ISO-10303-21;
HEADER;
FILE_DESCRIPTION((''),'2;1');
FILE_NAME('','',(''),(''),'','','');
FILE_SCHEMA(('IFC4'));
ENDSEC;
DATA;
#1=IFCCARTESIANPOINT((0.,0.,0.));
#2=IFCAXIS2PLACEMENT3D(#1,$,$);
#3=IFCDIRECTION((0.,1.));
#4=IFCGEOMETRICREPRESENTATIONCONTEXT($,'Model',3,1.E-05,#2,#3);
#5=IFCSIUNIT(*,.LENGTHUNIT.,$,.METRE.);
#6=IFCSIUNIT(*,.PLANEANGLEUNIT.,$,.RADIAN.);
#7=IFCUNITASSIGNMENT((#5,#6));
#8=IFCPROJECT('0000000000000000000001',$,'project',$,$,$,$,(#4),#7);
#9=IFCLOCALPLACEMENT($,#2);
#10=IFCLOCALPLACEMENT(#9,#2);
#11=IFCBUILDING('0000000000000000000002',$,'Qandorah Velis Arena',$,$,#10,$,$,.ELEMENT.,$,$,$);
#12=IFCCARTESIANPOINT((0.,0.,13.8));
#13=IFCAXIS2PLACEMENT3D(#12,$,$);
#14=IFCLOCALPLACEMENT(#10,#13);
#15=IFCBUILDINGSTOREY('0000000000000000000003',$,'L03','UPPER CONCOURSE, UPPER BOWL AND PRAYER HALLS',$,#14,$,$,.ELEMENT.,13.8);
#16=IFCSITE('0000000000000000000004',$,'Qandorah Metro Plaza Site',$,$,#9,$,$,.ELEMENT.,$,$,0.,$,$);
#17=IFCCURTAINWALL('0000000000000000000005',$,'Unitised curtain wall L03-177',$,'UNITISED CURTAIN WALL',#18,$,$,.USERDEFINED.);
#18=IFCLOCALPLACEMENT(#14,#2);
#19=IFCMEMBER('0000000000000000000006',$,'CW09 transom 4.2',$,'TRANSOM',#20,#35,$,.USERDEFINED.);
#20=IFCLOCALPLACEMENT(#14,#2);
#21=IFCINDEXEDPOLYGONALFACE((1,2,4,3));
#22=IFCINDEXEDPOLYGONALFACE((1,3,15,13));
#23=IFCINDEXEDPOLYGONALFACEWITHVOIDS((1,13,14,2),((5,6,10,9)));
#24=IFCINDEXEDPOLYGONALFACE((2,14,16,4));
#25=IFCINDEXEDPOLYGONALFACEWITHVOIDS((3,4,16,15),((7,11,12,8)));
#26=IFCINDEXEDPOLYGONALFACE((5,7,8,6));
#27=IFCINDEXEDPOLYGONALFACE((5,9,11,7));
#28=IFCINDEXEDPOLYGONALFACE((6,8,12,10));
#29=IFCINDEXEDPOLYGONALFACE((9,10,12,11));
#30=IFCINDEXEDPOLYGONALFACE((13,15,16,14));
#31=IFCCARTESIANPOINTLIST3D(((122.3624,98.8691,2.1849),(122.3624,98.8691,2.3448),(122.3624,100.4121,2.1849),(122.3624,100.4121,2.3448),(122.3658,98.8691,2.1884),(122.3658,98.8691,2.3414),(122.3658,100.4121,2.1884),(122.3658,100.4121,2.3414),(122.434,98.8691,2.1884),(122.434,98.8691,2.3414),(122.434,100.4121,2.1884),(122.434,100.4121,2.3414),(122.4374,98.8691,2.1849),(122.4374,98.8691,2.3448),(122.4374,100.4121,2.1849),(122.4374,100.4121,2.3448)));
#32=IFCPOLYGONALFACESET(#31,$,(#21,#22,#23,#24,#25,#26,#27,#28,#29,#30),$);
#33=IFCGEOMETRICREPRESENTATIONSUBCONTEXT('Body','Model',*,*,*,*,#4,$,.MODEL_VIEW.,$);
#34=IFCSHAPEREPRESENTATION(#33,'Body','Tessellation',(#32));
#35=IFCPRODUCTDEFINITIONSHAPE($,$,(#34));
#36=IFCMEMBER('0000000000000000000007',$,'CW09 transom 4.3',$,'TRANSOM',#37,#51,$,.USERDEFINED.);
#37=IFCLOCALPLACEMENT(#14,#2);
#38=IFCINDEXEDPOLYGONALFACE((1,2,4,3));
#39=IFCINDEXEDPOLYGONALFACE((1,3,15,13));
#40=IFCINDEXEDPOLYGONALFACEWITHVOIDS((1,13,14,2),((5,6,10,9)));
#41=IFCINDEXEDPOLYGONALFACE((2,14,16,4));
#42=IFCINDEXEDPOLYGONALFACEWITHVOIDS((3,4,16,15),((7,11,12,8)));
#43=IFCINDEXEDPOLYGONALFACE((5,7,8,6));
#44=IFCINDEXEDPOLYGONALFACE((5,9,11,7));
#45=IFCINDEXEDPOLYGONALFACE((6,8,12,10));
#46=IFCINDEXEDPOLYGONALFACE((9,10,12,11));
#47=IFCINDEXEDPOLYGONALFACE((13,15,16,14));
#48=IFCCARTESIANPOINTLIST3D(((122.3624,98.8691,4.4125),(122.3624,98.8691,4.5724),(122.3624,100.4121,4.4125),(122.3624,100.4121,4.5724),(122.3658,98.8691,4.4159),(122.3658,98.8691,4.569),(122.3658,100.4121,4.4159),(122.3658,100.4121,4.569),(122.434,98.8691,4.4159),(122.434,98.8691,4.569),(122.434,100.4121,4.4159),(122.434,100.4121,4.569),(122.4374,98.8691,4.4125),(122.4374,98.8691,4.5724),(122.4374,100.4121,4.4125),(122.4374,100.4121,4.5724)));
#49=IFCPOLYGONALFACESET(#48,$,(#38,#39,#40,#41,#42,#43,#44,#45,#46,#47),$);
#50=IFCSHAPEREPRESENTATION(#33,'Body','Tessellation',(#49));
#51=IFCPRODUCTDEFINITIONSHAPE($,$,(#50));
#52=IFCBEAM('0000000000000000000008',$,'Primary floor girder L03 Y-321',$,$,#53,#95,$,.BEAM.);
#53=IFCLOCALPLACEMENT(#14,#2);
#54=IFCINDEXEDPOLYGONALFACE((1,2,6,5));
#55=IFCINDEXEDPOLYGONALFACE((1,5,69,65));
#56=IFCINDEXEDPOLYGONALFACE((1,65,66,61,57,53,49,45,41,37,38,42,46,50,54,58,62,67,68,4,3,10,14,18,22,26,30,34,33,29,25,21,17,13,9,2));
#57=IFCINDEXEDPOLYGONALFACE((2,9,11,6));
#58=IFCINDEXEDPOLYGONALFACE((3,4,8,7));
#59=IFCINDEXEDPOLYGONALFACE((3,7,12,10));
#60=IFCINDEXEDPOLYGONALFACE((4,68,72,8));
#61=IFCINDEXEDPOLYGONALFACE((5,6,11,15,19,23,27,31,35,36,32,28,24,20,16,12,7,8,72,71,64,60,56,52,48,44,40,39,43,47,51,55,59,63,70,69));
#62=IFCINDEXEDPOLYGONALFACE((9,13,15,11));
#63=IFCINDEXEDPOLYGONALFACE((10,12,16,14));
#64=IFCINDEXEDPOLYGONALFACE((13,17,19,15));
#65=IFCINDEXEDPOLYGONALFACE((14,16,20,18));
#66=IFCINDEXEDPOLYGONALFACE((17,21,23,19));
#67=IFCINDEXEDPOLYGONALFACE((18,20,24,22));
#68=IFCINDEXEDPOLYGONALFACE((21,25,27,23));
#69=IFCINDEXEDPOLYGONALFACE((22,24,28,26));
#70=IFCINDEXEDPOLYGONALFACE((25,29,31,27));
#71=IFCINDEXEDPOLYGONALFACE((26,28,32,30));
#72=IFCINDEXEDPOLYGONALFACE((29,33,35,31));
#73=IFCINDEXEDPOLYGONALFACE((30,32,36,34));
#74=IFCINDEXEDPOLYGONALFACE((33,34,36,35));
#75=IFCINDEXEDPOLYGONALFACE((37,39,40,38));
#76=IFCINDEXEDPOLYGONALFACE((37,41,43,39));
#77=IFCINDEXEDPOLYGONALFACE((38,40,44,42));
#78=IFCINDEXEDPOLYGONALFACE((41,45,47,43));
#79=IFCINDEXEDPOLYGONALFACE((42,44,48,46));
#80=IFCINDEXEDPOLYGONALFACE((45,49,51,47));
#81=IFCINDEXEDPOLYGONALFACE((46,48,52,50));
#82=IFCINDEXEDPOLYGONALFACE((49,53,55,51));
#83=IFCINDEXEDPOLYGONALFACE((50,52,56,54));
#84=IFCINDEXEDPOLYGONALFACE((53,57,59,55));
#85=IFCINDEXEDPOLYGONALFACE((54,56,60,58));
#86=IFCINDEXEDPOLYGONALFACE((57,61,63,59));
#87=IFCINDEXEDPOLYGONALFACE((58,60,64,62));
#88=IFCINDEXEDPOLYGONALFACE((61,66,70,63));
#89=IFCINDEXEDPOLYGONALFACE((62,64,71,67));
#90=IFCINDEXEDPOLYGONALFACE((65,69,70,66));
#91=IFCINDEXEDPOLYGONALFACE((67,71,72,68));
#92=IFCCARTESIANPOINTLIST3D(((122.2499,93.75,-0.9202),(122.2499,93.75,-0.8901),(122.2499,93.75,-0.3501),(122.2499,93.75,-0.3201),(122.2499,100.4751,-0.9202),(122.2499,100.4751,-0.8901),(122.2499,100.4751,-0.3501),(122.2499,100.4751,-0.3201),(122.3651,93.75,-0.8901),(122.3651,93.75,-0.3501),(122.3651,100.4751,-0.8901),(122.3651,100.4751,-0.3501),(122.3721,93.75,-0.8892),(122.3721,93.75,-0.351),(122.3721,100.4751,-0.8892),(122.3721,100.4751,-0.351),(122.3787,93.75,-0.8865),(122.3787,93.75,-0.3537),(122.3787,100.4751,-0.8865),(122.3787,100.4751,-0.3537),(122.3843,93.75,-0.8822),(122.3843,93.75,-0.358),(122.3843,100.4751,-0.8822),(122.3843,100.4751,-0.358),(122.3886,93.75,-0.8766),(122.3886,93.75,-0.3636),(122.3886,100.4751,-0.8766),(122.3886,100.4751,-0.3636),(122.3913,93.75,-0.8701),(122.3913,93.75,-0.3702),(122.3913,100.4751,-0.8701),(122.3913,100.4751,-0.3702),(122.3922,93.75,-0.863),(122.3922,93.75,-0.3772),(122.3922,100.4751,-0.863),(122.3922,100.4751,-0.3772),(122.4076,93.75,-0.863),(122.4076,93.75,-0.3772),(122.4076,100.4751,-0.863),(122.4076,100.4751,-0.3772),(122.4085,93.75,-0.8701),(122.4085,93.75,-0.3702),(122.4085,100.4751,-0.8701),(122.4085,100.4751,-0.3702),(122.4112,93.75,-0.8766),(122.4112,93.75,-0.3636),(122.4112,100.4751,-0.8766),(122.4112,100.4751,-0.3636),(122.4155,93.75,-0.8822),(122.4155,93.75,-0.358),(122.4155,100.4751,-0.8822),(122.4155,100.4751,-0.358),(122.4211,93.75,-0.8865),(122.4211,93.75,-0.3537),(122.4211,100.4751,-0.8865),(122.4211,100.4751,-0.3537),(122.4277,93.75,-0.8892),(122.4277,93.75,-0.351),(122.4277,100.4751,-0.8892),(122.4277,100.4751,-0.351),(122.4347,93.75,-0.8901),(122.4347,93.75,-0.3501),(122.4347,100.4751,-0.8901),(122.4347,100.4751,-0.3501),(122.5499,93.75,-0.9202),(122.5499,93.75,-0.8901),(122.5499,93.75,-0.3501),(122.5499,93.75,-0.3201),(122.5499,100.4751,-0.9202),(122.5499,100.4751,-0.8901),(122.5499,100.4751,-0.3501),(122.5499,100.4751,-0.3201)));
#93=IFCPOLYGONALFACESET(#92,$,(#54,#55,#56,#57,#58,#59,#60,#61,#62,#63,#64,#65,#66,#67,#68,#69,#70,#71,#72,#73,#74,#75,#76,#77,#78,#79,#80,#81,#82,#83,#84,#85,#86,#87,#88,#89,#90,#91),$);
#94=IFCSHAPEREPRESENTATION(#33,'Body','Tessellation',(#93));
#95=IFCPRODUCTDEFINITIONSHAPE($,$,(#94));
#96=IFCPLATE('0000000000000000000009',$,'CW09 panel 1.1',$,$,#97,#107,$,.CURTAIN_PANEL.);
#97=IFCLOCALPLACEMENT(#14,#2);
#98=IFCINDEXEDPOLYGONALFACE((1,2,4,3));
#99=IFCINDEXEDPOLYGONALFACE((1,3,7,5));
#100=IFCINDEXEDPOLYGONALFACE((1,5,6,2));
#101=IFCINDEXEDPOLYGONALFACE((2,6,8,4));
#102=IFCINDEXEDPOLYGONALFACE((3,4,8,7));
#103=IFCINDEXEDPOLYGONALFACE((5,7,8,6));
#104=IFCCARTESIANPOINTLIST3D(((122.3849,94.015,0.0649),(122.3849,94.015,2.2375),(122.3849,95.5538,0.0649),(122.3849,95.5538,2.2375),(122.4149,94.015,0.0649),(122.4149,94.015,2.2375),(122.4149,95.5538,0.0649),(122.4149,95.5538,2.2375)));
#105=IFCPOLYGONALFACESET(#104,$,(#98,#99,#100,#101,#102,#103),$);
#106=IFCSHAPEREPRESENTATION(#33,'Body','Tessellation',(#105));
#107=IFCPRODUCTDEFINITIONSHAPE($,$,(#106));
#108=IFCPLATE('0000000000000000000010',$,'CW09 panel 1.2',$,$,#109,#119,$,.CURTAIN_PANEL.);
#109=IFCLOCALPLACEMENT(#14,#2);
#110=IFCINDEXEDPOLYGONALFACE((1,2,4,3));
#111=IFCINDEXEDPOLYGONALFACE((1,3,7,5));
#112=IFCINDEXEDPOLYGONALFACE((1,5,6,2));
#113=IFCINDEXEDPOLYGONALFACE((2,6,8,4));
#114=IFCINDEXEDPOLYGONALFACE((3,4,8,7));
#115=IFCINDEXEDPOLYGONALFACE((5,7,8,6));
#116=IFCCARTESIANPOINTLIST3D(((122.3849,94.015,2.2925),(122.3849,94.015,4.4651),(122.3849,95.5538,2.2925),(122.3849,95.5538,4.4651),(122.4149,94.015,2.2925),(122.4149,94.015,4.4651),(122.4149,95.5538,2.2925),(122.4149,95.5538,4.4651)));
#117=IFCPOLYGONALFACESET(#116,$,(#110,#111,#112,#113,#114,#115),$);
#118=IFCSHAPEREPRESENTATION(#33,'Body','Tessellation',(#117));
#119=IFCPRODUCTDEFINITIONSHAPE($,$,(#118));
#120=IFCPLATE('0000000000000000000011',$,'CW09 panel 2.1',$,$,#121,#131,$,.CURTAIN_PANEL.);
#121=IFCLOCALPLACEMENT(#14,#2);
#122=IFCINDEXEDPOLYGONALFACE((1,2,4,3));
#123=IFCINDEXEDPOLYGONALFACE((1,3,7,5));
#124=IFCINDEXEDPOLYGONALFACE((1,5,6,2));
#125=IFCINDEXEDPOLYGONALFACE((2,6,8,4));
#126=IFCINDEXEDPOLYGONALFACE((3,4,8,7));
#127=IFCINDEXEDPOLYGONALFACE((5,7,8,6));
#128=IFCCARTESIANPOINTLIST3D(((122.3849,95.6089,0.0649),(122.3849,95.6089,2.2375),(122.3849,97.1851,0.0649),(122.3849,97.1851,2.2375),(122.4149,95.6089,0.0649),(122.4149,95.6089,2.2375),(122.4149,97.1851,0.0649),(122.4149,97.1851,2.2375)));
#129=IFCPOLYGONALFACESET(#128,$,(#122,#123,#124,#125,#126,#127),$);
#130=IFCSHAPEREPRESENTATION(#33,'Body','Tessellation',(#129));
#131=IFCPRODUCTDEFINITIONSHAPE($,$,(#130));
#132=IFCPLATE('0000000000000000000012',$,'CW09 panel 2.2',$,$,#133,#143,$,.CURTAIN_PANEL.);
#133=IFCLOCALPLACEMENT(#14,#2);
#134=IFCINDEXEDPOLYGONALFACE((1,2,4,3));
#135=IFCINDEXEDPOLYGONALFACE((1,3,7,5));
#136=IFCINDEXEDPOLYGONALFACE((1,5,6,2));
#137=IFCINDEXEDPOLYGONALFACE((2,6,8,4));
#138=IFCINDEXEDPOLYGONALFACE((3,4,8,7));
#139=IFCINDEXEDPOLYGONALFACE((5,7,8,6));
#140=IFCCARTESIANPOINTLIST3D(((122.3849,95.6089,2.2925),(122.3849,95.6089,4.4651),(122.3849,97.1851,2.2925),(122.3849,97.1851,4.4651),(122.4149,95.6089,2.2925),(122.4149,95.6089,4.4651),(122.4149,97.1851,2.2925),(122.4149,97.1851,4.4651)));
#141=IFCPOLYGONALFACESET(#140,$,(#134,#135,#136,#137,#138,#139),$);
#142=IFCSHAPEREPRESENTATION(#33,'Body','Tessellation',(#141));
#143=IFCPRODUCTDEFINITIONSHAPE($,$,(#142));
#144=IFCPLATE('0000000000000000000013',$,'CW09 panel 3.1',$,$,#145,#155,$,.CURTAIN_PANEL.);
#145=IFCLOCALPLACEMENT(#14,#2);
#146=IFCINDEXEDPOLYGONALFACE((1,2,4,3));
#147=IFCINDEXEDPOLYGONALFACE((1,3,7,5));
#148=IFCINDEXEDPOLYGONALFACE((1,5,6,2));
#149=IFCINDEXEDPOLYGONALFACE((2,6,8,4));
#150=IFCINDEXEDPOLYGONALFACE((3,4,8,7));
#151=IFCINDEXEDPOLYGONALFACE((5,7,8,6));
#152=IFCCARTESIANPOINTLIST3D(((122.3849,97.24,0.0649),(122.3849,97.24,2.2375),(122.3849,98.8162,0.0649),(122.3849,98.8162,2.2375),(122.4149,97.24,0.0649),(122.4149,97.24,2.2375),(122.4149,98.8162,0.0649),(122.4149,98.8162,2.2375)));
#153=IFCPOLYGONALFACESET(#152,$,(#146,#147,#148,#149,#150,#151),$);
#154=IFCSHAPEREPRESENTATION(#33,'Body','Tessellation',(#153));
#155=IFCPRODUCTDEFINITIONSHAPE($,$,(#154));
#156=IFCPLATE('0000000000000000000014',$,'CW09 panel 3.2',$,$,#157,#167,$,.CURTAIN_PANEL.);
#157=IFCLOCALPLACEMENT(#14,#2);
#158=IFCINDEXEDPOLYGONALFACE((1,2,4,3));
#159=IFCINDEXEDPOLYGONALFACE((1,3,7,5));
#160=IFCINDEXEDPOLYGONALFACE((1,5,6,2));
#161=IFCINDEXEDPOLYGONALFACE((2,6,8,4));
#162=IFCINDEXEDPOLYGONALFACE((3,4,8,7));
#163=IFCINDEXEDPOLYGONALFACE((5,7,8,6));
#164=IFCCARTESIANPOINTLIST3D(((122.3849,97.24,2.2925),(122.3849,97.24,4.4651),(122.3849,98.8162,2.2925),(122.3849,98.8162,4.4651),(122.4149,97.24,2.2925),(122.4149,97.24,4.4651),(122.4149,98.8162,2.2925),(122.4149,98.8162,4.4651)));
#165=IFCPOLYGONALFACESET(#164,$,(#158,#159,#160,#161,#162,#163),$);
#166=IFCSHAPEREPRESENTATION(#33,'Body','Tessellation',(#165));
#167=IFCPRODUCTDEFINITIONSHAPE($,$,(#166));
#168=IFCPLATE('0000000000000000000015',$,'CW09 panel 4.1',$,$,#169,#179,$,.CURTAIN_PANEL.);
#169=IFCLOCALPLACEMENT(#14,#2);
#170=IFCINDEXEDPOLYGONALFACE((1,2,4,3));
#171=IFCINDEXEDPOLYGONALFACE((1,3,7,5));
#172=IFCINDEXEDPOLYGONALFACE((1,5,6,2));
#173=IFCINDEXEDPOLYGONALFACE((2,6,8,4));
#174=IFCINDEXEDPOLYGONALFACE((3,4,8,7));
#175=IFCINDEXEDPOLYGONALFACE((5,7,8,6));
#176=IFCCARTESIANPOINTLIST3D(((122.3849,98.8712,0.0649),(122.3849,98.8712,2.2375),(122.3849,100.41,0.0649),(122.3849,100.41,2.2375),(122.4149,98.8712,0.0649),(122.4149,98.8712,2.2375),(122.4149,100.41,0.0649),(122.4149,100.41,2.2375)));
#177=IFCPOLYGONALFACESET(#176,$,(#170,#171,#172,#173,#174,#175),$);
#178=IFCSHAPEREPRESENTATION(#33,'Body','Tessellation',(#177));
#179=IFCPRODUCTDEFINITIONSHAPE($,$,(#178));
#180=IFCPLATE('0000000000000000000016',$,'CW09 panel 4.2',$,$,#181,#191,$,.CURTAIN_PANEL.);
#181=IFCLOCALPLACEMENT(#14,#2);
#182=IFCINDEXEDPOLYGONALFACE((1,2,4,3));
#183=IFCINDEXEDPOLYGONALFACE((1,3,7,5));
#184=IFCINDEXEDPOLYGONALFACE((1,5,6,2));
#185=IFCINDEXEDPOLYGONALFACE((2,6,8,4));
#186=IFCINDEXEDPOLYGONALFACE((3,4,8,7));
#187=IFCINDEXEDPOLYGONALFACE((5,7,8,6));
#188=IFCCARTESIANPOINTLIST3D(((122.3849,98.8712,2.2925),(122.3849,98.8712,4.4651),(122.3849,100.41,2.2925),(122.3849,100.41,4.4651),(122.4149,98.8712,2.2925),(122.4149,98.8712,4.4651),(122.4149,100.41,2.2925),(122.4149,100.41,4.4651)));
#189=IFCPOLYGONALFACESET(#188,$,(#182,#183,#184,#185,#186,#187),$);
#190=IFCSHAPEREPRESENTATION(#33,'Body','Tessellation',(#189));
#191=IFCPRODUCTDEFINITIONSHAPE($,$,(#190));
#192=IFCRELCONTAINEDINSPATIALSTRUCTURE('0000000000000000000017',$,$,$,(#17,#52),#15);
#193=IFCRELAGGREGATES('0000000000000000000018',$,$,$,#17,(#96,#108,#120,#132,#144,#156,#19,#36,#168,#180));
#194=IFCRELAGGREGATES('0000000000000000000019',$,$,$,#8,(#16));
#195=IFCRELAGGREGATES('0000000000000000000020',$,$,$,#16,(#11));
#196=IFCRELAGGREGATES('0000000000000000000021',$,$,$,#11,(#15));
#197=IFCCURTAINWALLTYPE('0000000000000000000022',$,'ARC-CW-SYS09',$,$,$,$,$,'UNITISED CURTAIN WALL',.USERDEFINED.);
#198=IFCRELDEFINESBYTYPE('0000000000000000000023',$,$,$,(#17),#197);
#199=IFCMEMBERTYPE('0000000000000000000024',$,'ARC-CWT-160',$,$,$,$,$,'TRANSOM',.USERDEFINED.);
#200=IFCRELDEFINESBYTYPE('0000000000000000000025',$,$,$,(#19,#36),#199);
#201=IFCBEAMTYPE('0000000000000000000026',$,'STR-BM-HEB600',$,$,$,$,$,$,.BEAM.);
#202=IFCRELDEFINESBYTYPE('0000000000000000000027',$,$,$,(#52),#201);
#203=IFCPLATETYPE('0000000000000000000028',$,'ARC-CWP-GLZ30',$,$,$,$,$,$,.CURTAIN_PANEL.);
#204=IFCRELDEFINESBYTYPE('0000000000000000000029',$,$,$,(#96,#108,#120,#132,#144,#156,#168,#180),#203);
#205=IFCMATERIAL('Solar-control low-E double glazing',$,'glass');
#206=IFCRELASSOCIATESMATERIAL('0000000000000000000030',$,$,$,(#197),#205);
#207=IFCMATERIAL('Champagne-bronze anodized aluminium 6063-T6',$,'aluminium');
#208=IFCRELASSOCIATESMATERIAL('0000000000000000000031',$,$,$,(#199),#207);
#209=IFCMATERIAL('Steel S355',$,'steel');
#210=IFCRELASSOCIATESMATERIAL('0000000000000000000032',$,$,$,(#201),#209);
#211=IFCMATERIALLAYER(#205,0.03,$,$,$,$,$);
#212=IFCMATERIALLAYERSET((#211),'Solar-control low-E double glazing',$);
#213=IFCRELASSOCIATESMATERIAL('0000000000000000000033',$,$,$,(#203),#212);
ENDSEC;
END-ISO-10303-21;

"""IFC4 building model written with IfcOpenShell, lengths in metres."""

from ifc_helpers import new_model, si_unit, direction, frame, origin, origin_2d, place, context, subcontext, project, spatial, rectangle, hollow_rectangle, i_section, extrude, material, layer, layer_set, material_profile, profile_set, type_object, element, aggregate, save


model = new_model("IFC4")

# Units and contexts
model_context = context("Model", 3, precision=1e-05, world=origin(), true_north=direction((0.0, 1.0)))
body_context = subcontext(model_context, "Body", "Model", "MODEL_VIEW")
ifc_project = project(units=[si_unit("LENGTHUNIT", "METRE"), si_unit("PLANEANGLEUNIT", "RADIAN")], contexts=[model_context])

# Site, building, storey
site_placement = place(None, origin())
site = spatial("IfcSite", under=ifc_project, at=site_placement, Name="Qandorah Metro Plaza Site", CompositionType="ELEMENT", RefElevation=0.0)
building_placement = place(site_placement, origin())
building = spatial("IfcBuilding", under=site, at=building_placement, Name="Qandorah Velis Arena", CompositionType="ELEMENT")
storey_placement = place(building_placement, frame((0.0, 0.0, 13.8)))
storey = spatial("IfcBuildingStorey", under=building, at=storey_placement, Name="L03", Description="UPPER CONCOURSE, UPPER BOWL AND PRAYER HALLS", CompositionType="ELEMENT", Elevation=13.8)

# Curtain wall
ifc_material_1 = material(Name="Solar-control low-E double glazing", Category="glass")
ifc_material_2 = material(Name="Champagne-bronze anodized aluminium 6063-T6", Category="aluminium")
curtain_wall_type_1 = type_object("IfcCurtainWallType", Name="ARC-CW-SYS09", ElementType="UNITISED CURTAIN WALL", PredefinedType="USERDEFINED", material=ifc_material_1)
curtain_wall_1_placement = place(storey_placement, origin())
curtain_wall_1 = element("IfcCurtainWall", 1, at=curtain_wall_1_placement, inside=storey, type_object=curtain_wall_type_1, Name="Unitised curtain wall L03-177", ObjectType="UNITISED CURTAIN WALL", PredefinedType="USERDEFINED")

# Members
ifc_material_profile_1 = material_profile(ifc_material_2, hollow_rectangle(XDim=0.075, YDim=0.1599, WallThickness=0.0034, at=origin_2d()), Name="ALU TRANSOM 75x160")
ifc_profile_set_1 = profile_set([ifc_material_profile_1], Name="Champagne-bronze anodized aluminium 6063-T6")
member_type_1 = type_object("IfcMemberType", Name="ARC-CWT-160", ElementType="TRANSOM", PredefinedType="USERDEFINED", material=ifc_profile_set_1)
member_1_placement = place(storey_placement, frame((122.3999, 98.8691, 2.2649), z_axis=(0.0, 1.0, 0.0), x_axis=(-1.0, 0.0, 0.0)))
member_1 = element("IfcMember", 2, at=member_1_placement, type_object=member_type_1, Name="CW09 transom 4.2", ObjectType="TRANSOM", PredefinedType="USERDEFINED", context=body_context, shape_type="SweptSolid", body=[
    extrude(hollow_rectangle(XDim=0.075, YDim=0.1599, WallThickness=0.0034, at=origin_2d()), origin(), (0.0, 0.0, 1.0), 1.543),
])
member_2_placement = place(storey_placement, frame((122.3999, 98.8691, 4.4924), z_axis=(0.0, 1.0, 0.0), x_axis=(-1.0, 0.0, 0.0)))
member_2 = element("IfcMember", 3, at=member_2_placement, type_object=member_type_1, Name="CW09 transom 4.3", ObjectType="TRANSOM", PredefinedType="USERDEFINED", context=body_context, shape_type="SweptSolid", body=[
    extrude(hollow_rectangle(XDim=0.075, YDim=0.1599, WallThickness=0.0034, at=origin_2d()), origin(), (0.0, 0.0, 1.0), 1.543),
])

# Beam
ifc_material_3 = material(Name="Steel S355", Category="steel")
ifc_material_profile_2 = material_profile(ifc_material_3, i_section(OverallWidth=0.3, OverallDepth=0.6001, WebThickness=0.0154, FlangeThickness=0.03, FilletRadius=0.0271, at=origin_2d()), Name="HEB 600")
ifc_profile_set_2 = profile_set([ifc_material_profile_2], Name="Steel S355")
beam_type = type_object("IfcBeamType", Name="STR-BM-HEB600", PredefinedType="BEAM", material=ifc_profile_set_2)
beam_placement = place(storey_placement, frame((122.3999, 93.75, -0.6201), z_axis=(0.0, 1.0, 0.0), x_axis=(-1.0, 0.0, 0.0)))
element("IfcBeam", 4, at=beam_placement, inside=storey, type_object=beam_type, Name="Primary floor girder L03 Y-321", PredefinedType="BEAM", context=body_context, shape_type="SweptSolid", body=[
    extrude(i_section(OverallWidth=0.3, OverallDepth=0.6001, WebThickness=0.0154, FlangeThickness=0.03, FilletRadius=0.0271, at=origin_2d()), origin(), (0.0, 0.0, 1.0), 6.7251),
])

# Plates
ifc_layer_1 = layer(ifc_material_1, 0.03)
ifc_layer_set_1 = layer_set([ifc_layer_1], Name="Solar-control low-E double glazing")
plate_type_1 = type_object("IfcPlateType", Name="ARC-CWP-GLZ30", PredefinedType="CURTAIN_PANEL", material=ifc_layer_set_1)
plate_1_placement = place(storey_placement, frame((122.3999, 94.7844, 0.0649), z_axis=(0.0, 0.0, 1.0), x_axis=(0.0, 1.0, 0.0)))
plate_1 = element("IfcPlate", 5, at=plate_1_placement, type_object=plate_type_1, Name="CW09 panel 1.1", PredefinedType="CURTAIN_PANEL", context=body_context, shape_type="SweptSolid", body=[
    extrude(rectangle(XDim=1.5388, YDim=0.03, at=origin_2d()), origin(), (0.0, 0.0, 1.0), 2.1726),
])
plate_2_placement = place(storey_placement, frame((122.3999, 94.7844, 2.2925), z_axis=(0.0, 0.0, 1.0), x_axis=(0.0, 1.0, 0.0)))
plate_2 = element("IfcPlate", 6, at=plate_2_placement, type_object=plate_type_1, Name="CW09 panel 1.2", PredefinedType="CURTAIN_PANEL", context=body_context, shape_type="SweptSolid", body=[
    extrude(rectangle(XDim=1.5388, YDim=0.03, at=origin_2d()), origin(), (0.0, 0.0, 1.0), 2.1726),
])
plate_3_placement = place(storey_placement, frame((122.3999, 96.397, 0.0649), z_axis=(0.0, 0.0, 1.0), x_axis=(0.0, 1.0, 0.0)))
plate_3 = element("IfcPlate", 7, at=plate_3_placement, type_object=plate_type_1, Name="CW09 panel 2.1", PredefinedType="CURTAIN_PANEL", context=body_context, shape_type="SweptSolid", body=[
    extrude(rectangle(XDim=1.5762, YDim=0.03, at=origin_2d()), origin(), (0.0, 0.0, 1.0), 2.1726),
])
plate_4_placement = place(storey_placement, frame((122.3999, 96.397, 2.2925), z_axis=(0.0, 0.0, 1.0), x_axis=(0.0, 1.0, 0.0)))
plate_4 = element("IfcPlate", 8, at=plate_4_placement, type_object=plate_type_1, Name="CW09 panel 2.2", PredefinedType="CURTAIN_PANEL", context=body_context, shape_type="SweptSolid", body=[
    extrude(rectangle(XDim=1.5762, YDim=0.03, at=origin_2d()), origin(), (0.0, 0.0, 1.0), 2.1726),
])
plate_5_placement = place(storey_placement, frame((122.3999, 98.0281, 0.0649), z_axis=(0.0, 0.0, 1.0), x_axis=(0.0, 1.0, 0.0)))
plate_5 = element("IfcPlate", 9, at=plate_5_placement, type_object=plate_type_1, Name="CW09 panel 3.1", PredefinedType="CURTAIN_PANEL", context=body_context, shape_type="SweptSolid", body=[
    extrude(rectangle(XDim=1.5762, YDim=0.03, at=origin_2d()), origin(), (0.0, 0.0, 1.0), 2.1726),
])
plate_6_placement = place(storey_placement, frame((122.3999, 98.0281, 2.2925), z_axis=(0.0, 0.0, 1.0), x_axis=(0.0, 1.0, 0.0)))
plate_6 = element("IfcPlate", 10, at=plate_6_placement, type_object=plate_type_1, Name="CW09 panel 3.2", PredefinedType="CURTAIN_PANEL", context=body_context, shape_type="SweptSolid", body=[
    extrude(rectangle(XDim=1.5762, YDim=0.03, at=origin_2d()), origin(), (0.0, 0.0, 1.0), 2.1726),
])
plate_7_placement = place(storey_placement, frame((122.3999, 99.6406, 0.0649), z_axis=(0.0, 0.0, 1.0), x_axis=(0.0, 1.0, 0.0)))
plate_7 = element("IfcPlate", 11, at=plate_7_placement, type_object=plate_type_1, Name="CW09 panel 4.1", PredefinedType="CURTAIN_PANEL", context=body_context, shape_type="SweptSolid", body=[
    extrude(rectangle(XDim=1.5388, YDim=0.03, at=origin_2d()), origin(), (0.0, 0.0, 1.0), 2.1726),
])
plate_8_placement = place(storey_placement, frame((122.3999, 99.6406, 2.2925), z_axis=(0.0, 0.0, 1.0), x_axis=(0.0, 1.0, 0.0)))
plate_8 = element("IfcPlate", 12, at=plate_8_placement, type_object=plate_type_1, Name="CW09 panel 4.2", PredefinedType="CURTAIN_PANEL", context=body_context, shape_type="SweptSolid", body=[
    extrude(rectangle(XDim=1.5388, YDim=0.03, at=origin_2d()), origin(), (0.0, 0.0, 1.0), 2.1726),
])
aggregate(curtain_wall_1, [plate_1, plate_2, plate_3, plate_4, plate_5, plate_6, member_1, member_2, plate_7, plate_8])

save(model, "model.ifc")
